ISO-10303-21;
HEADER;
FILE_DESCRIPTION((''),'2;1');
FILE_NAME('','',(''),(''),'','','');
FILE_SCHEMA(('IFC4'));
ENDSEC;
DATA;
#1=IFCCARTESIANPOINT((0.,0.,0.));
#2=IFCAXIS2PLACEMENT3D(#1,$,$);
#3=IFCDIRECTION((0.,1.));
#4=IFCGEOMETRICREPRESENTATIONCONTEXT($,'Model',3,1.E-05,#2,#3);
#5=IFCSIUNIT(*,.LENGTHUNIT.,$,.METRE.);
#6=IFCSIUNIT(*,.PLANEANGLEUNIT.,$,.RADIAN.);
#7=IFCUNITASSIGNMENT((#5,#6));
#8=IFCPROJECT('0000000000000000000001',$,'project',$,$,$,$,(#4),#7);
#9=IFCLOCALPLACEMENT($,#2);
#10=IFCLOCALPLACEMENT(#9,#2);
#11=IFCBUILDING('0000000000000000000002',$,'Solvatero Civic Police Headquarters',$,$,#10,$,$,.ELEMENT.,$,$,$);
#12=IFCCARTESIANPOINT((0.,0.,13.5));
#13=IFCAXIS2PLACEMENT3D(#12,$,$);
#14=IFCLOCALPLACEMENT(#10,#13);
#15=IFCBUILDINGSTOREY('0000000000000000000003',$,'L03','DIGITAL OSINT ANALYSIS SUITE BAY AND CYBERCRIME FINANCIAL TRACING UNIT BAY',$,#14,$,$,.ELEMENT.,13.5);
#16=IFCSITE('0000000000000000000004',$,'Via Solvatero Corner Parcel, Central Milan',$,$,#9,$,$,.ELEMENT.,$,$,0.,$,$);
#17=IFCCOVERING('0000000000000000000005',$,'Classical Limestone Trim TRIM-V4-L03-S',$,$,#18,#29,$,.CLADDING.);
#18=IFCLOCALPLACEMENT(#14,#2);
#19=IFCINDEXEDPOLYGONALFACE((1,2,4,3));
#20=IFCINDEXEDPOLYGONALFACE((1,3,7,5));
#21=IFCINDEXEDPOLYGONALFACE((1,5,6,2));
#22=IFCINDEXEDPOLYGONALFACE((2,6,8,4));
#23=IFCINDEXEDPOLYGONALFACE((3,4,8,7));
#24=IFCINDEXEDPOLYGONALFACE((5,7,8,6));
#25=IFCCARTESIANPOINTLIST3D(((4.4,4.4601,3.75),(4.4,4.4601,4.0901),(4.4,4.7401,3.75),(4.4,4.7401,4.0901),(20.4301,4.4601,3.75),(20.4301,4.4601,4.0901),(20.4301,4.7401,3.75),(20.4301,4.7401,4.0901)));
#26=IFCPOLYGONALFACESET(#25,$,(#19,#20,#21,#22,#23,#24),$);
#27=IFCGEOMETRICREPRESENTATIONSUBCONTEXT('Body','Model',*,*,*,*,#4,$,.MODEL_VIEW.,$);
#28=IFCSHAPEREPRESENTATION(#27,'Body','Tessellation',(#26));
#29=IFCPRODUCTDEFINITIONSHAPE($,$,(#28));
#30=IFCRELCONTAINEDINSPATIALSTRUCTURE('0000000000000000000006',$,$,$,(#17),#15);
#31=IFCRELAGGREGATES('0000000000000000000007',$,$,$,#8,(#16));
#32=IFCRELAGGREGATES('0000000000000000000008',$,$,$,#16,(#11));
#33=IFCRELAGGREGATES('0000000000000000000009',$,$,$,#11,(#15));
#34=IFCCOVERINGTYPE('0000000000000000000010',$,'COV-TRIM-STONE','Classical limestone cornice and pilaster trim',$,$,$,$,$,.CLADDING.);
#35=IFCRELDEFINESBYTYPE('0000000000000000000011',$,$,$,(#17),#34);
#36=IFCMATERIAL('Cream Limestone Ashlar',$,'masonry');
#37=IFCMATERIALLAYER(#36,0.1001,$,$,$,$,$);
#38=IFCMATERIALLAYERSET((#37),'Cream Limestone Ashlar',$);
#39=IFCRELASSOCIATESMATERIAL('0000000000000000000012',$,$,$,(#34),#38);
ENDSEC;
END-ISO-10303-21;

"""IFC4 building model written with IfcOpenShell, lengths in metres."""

from ifc_helpers import new_model, si_unit, direction, frame, origin, origin_2d, place, context, subcontext, project, spatial, rectangle, extrude, material, layer, layer_set, type_object, element, save


model = new_model("IFC4")

# Units and contexts
model_context = context("Model", 3, precision=1e-05, world=origin(), true_north=direction((0.0, 1.0)))
body_context = subcontext(model_context, "Body", "Model", "MODEL_VIEW")
ifc_project = project(units=[si_unit("LENGTHUNIT", "METRE"), si_unit("PLANEANGLEUNIT", "RADIAN")], contexts=[model_context])

# Site, building, storey
site_placement = place(None, origin())
site = spatial("IfcSite", under=ifc_project, at=site_placement, Name="Via Solvatero Corner Parcel, Central Milan", CompositionType="ELEMENT", RefElevation=0.0)
building_placement = place(site_placement, origin())
building = spatial("IfcBuilding", under=site, at=building_placement, Name="Solvatero Civic Police Headquarters", CompositionType="ELEMENT")
storey_placement = place(building_placement, frame((0.0, 0.0, 13.5)))
storey = spatial("IfcBuildingStorey", under=building, at=storey_placement, Name="L03", Description="DIGITAL OSINT ANALYSIS SUITE BAY AND CYBERCRIME FINANCIAL TRACING UNIT BAY", CompositionType="ELEMENT", Elevation=13.5)

# Shared definitions
ifc_material_1 = material(Name="Cream Limestone Ashlar", Category="masonry")

# Covering
ifc_layer_1 = layer(ifc_material_1, 0.1001)
ifc_layer_set_1 = layer_set([ifc_layer_1], Name="Cream Limestone Ashlar")
covering_type_1 = type_object("IfcCoveringType", Name="COV-TRIM-STONE", Description="Classical limestone cornice and pilaster trim", PredefinedType="CLADDING", material=ifc_layer_set_1)
covering_1_placement = place(storey_placement, frame((12.415, 4.6001, 3.75), z_axis=(0.0, 0.0, 1.0), x_axis=(1.0, 0.0, 0.0)))
element("IfcCovering", 1, at=covering_1_placement, inside=storey, type_object=covering_type_1, Name="Classical Limestone Trim TRIM-V4-L03-S", PredefinedType="CLADDING", context=body_context, shape_type="SweptSolid", body=[
    extrude(rectangle(XDim=16.03, YDim=0.28, at=origin_2d()), origin(), (0.0, 0.0, 1.0), 0.3401),
])

save(model, "model.ifc")
